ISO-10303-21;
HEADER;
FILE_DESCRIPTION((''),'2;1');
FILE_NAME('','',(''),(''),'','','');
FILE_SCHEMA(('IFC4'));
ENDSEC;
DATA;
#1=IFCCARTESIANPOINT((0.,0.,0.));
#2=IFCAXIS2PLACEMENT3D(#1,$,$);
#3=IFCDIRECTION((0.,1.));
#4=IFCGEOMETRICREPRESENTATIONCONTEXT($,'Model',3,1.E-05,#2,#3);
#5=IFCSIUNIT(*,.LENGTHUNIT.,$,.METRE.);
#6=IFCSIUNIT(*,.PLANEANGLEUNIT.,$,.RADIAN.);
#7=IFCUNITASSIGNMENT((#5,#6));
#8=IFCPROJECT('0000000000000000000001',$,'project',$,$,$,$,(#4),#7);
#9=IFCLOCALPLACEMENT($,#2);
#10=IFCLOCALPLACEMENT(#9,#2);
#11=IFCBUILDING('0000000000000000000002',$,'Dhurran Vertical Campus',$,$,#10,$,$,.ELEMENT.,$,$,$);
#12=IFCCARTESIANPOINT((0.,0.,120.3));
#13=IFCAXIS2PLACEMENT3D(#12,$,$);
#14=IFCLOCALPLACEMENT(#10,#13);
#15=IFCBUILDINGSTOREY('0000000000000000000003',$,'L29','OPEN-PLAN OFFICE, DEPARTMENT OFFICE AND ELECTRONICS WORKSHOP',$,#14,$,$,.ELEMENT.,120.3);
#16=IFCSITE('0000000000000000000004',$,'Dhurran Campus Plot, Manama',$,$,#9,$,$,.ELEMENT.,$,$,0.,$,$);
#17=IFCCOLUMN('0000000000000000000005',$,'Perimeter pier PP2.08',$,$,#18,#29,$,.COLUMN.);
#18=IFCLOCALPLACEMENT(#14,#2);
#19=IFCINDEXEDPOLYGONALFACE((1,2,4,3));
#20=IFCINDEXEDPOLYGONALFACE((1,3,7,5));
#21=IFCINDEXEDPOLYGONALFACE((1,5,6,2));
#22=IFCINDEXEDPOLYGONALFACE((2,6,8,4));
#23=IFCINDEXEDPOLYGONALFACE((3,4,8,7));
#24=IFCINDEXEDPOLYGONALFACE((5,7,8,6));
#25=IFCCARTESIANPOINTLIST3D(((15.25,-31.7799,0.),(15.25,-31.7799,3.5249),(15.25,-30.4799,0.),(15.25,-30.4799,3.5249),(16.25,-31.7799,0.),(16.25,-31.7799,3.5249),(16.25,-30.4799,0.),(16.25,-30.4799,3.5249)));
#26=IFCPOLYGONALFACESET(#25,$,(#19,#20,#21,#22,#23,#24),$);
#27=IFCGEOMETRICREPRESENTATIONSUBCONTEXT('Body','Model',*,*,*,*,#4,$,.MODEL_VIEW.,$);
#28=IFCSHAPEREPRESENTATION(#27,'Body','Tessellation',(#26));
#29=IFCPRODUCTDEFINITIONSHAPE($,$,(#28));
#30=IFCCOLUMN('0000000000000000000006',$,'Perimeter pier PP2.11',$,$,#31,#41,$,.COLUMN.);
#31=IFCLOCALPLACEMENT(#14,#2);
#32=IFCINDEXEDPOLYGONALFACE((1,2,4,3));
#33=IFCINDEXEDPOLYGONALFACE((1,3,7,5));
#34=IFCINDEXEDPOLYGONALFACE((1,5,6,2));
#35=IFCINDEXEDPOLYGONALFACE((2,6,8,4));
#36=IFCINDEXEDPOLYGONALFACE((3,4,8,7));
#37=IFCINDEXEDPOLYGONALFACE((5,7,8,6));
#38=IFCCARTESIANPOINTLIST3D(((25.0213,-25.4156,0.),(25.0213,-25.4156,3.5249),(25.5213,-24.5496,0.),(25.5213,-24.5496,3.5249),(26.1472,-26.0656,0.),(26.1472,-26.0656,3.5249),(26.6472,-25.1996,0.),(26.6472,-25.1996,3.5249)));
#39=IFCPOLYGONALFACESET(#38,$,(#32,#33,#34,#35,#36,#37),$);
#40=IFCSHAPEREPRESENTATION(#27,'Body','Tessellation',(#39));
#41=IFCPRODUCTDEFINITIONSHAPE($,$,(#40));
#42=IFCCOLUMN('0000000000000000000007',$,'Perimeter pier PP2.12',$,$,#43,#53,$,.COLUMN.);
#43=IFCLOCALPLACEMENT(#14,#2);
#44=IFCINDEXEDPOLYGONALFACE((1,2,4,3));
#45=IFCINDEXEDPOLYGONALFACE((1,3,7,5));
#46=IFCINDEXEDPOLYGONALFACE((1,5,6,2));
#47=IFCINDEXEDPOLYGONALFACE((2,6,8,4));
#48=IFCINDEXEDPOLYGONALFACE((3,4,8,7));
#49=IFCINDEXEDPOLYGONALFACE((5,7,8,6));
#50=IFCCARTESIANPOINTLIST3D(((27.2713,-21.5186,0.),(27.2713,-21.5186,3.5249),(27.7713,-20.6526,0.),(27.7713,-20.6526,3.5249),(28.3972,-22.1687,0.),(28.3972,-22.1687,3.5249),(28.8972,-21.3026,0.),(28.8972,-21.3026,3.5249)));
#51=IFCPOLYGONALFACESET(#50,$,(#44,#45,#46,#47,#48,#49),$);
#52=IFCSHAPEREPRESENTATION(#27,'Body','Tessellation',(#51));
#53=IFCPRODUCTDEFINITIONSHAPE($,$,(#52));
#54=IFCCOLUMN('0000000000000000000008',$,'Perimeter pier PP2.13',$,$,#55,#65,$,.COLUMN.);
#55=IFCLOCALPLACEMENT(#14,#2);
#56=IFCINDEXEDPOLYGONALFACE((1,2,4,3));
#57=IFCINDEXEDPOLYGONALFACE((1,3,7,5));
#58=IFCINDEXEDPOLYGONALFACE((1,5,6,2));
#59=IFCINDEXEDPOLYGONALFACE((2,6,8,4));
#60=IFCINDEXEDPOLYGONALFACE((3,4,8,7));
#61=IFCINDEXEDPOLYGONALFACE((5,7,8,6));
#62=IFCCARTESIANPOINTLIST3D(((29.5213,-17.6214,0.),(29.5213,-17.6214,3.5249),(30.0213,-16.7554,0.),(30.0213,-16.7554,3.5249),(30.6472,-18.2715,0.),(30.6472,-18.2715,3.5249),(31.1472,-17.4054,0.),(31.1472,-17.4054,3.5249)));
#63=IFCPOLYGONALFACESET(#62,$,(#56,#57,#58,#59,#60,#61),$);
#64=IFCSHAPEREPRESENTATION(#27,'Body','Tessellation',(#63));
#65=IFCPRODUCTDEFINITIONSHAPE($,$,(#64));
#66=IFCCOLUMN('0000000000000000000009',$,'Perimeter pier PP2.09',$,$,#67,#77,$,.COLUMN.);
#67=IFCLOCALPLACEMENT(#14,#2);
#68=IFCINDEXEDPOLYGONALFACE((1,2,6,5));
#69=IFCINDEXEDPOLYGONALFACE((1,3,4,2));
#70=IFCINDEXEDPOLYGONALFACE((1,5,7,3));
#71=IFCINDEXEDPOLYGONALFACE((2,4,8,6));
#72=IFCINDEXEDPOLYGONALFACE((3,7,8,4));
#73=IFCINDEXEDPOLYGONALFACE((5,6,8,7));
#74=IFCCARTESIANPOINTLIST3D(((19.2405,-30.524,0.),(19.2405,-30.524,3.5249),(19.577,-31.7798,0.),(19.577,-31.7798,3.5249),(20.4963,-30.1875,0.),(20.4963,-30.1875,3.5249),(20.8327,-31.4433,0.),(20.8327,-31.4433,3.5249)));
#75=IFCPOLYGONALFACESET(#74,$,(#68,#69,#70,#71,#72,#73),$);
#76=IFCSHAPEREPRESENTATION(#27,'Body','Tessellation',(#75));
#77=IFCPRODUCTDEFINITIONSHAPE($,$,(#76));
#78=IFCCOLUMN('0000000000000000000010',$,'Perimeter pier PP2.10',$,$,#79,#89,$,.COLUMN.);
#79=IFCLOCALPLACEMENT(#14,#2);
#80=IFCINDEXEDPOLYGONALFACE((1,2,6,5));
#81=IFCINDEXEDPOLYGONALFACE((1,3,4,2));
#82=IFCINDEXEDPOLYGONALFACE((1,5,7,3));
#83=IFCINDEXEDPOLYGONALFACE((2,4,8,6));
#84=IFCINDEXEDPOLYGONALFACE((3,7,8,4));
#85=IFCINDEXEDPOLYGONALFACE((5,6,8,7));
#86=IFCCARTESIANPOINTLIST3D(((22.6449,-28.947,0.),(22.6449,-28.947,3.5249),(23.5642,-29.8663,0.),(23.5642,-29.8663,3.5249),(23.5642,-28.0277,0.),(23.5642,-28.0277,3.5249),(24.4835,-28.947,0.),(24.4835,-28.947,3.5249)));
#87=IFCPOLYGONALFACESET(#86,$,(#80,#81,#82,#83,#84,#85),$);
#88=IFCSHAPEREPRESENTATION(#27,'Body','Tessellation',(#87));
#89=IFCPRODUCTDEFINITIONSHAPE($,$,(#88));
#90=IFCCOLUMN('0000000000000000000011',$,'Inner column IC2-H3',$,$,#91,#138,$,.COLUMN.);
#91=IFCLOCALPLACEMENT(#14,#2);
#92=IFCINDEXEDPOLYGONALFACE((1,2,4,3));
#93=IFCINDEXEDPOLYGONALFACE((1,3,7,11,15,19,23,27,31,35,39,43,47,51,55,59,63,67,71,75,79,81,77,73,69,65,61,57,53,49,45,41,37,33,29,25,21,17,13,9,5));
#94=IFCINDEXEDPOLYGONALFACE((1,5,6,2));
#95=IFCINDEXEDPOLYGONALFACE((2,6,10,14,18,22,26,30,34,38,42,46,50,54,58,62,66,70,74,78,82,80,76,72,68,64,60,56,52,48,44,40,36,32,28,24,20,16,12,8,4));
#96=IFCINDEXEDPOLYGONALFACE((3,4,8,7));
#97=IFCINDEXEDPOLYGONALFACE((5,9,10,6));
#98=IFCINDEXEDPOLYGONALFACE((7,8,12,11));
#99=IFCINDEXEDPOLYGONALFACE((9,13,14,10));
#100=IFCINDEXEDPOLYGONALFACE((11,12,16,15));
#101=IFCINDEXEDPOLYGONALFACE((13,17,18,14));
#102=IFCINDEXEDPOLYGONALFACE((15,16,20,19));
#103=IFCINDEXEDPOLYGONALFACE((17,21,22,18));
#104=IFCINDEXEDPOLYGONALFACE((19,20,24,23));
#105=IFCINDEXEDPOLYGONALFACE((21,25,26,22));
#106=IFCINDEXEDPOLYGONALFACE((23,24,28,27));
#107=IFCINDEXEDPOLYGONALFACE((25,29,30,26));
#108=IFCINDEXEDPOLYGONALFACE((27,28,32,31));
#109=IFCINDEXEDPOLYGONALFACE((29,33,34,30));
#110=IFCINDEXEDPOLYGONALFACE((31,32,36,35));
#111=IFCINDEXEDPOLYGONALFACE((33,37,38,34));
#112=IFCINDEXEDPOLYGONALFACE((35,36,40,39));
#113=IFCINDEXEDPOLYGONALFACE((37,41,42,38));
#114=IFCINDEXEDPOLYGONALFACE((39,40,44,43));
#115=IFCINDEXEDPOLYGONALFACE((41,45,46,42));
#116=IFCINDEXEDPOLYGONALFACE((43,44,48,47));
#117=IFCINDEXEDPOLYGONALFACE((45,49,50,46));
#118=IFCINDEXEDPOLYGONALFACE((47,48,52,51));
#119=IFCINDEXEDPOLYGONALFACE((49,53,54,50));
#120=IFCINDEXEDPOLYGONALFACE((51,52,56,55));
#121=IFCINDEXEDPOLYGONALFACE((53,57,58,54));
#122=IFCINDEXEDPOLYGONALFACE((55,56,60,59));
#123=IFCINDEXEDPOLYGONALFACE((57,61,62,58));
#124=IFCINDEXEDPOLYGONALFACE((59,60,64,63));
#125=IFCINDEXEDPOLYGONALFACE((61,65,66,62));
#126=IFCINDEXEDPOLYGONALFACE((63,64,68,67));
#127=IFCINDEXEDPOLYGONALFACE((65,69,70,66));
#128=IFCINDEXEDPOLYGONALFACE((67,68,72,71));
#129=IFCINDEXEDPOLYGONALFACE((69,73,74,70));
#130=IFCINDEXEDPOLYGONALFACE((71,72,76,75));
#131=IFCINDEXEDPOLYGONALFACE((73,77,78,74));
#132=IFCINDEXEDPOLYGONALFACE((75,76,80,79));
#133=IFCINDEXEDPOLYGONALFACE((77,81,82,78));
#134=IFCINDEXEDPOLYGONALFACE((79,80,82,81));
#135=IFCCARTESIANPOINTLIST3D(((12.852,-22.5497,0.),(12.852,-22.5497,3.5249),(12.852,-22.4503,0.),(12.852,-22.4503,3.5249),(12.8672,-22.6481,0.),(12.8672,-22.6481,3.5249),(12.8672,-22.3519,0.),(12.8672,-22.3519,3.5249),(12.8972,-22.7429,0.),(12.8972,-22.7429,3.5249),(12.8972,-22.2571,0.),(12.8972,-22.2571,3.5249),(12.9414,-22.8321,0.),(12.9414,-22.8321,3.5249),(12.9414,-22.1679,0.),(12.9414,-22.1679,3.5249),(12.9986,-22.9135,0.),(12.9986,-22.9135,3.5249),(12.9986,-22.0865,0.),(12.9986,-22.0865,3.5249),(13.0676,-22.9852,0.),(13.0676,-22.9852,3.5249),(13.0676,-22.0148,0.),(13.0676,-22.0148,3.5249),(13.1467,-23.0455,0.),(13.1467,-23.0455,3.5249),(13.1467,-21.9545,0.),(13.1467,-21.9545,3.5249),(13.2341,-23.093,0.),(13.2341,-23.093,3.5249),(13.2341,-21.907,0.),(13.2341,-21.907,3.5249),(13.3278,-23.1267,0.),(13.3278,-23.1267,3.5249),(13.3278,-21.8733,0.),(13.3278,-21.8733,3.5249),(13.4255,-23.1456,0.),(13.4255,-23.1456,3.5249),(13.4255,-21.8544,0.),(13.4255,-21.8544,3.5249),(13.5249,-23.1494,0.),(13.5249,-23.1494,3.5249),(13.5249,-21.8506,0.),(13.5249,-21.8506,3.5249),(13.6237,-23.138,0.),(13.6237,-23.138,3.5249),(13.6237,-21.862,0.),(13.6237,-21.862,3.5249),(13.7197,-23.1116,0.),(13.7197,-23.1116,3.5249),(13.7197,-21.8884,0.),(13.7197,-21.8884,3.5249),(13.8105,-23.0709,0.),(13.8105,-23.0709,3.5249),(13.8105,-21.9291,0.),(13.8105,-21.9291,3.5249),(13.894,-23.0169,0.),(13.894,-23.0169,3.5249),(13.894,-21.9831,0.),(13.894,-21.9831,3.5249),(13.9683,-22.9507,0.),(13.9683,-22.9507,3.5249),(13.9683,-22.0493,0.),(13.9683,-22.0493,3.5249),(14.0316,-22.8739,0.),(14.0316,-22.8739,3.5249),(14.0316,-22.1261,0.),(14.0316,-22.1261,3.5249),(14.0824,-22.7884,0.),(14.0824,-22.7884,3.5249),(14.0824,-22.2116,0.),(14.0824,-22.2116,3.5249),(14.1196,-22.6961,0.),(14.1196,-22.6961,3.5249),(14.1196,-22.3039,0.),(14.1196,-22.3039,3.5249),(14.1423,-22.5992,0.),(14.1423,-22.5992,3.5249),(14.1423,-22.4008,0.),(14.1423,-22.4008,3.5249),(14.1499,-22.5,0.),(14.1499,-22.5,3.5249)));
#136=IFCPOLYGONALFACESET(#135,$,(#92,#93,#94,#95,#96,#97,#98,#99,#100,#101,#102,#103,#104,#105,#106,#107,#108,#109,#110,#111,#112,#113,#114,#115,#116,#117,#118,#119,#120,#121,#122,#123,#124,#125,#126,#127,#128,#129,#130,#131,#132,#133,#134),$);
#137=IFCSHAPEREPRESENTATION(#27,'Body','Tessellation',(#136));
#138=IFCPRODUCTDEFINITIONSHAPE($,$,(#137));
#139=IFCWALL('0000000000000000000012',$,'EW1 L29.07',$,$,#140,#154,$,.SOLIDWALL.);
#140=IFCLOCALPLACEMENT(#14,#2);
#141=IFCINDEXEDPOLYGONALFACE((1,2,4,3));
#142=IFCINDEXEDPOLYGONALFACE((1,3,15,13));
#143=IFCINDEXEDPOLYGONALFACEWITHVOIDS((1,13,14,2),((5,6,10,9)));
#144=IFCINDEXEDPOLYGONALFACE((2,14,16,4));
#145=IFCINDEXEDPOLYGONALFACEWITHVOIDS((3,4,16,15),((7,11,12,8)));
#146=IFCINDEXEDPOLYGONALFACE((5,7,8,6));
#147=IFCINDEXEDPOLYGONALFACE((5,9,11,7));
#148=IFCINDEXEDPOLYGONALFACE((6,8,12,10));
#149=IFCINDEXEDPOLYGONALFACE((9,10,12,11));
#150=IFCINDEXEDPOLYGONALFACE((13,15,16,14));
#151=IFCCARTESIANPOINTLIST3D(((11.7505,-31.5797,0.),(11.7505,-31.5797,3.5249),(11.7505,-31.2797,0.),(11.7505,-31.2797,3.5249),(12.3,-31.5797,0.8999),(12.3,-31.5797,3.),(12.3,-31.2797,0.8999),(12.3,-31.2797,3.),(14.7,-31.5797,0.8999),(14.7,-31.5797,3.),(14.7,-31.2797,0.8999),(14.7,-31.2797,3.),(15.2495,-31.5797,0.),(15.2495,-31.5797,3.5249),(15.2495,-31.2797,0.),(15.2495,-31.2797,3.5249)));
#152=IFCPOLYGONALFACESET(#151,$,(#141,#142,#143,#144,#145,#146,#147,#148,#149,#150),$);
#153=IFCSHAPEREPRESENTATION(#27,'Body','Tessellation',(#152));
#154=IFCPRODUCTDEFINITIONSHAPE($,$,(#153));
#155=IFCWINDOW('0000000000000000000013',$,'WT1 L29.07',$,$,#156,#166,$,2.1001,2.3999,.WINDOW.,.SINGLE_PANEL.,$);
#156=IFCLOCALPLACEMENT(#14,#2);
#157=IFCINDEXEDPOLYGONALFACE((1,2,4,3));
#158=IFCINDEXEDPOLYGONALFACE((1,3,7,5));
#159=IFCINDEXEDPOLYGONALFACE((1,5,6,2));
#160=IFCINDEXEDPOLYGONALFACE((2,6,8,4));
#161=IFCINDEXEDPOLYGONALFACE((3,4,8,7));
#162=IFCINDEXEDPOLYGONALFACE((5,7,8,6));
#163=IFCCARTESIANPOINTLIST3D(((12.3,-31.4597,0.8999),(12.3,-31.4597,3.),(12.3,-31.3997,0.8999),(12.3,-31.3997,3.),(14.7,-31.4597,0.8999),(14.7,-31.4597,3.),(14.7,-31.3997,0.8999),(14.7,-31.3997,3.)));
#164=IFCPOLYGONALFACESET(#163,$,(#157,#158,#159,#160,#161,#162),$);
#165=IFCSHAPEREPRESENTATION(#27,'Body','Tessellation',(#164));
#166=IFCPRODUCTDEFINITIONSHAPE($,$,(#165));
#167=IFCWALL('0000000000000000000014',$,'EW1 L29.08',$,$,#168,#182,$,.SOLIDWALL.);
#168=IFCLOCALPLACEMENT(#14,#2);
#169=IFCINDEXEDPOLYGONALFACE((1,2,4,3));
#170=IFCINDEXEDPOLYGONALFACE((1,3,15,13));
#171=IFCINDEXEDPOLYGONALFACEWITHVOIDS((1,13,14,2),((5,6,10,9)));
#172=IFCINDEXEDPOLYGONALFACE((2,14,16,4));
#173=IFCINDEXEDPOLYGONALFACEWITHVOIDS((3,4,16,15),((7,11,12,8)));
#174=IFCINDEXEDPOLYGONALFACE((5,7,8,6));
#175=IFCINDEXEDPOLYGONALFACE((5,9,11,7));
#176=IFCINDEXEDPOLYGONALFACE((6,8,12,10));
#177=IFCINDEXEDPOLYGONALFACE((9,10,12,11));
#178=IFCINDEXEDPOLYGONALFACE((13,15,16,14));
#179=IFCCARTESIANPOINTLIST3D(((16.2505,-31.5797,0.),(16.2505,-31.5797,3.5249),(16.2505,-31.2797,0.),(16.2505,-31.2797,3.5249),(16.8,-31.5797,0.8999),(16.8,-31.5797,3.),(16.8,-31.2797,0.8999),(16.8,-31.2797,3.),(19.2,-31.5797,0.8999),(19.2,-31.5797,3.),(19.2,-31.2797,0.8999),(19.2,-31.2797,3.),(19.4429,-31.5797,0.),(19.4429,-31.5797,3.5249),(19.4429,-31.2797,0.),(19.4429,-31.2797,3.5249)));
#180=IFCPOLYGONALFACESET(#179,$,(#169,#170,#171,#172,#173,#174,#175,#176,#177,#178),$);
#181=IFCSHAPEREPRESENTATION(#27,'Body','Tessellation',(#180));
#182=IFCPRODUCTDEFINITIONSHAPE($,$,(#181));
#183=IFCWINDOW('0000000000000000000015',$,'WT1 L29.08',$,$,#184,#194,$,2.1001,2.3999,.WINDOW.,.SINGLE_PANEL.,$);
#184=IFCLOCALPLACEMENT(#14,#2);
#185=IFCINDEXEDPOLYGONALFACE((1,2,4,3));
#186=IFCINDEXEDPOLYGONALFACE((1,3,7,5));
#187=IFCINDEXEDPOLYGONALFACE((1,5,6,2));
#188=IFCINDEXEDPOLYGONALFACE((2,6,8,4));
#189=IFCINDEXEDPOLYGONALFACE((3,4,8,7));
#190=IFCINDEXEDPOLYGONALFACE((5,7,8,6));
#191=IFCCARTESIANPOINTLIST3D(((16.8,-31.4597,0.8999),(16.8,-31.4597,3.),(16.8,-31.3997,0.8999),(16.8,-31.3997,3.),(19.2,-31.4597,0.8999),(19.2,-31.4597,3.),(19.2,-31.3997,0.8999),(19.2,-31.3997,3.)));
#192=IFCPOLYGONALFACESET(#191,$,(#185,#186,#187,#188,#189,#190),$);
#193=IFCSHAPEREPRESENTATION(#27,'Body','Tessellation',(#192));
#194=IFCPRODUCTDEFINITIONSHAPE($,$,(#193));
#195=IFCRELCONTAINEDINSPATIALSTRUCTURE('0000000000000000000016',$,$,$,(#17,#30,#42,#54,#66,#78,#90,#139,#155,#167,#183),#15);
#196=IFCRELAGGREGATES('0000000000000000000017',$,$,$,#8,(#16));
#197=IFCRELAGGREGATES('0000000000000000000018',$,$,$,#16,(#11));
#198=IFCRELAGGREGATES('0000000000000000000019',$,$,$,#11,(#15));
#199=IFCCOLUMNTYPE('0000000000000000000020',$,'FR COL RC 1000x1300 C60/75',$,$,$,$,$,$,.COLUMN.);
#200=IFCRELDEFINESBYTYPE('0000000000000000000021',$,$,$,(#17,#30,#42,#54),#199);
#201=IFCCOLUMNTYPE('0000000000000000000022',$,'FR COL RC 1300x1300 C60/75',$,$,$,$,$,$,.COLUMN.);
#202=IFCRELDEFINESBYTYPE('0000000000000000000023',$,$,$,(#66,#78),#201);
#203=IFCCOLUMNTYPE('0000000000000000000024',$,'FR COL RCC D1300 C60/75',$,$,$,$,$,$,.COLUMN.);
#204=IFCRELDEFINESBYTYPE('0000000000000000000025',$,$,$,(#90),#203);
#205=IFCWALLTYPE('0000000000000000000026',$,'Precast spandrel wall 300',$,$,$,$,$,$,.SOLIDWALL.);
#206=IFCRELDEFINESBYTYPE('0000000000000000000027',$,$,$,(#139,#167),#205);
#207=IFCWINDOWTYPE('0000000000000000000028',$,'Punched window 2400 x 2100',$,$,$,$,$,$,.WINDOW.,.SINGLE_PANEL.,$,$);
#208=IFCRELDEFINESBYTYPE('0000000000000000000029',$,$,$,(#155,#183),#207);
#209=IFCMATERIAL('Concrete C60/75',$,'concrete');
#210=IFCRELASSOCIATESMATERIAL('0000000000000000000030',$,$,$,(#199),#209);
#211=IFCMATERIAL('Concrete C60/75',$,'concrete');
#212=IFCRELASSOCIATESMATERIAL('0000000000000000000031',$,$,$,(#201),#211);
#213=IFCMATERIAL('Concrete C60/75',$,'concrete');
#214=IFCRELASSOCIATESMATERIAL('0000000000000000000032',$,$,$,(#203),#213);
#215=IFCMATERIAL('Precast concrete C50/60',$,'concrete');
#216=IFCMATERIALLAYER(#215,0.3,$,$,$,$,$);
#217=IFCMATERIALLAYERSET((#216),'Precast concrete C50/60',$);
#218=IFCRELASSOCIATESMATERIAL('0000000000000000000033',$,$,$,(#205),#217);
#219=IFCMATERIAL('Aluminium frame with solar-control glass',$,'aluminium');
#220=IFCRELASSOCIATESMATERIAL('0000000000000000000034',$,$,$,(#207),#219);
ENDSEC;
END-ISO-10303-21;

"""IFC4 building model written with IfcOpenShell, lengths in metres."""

from ifc_helpers import new_model, si_unit, direction, frame, frame_2d, origin, origin_2d, place, context, subcontext, project, spatial, rectangle, circle, extrude, material, layer, layer_set, material_profile, profile_set, type_object, element, fill, save


model = new_model("IFC4")

# Units and contexts
model_context = context("Model", 3, precision=1e-05, world=origin(), true_north=direction((0.0, 1.0)))
body_context = subcontext(model_context, "Body", "Model", "MODEL_VIEW")
ifc_project = project(units=[si_unit("LENGTHUNIT", "METRE"), si_unit("PLANEANGLEUNIT", "RADIAN")], contexts=[model_context])

# Site, building, storey
site_placement = place(None, origin())
site = spatial("IfcSite", under=ifc_project, at=site_placement, Name="Dhurran Campus Plot, Manama", CompositionType="ELEMENT", RefElevation=0.0)
building_placement = place(site_placement, origin())
building = spatial("IfcBuilding", under=site, at=building_placement, Name="Dhurran Vertical Campus", CompositionType="ELEMENT")
storey_placement = place(building_placement, frame((0.0, 0.0, 120.3)))
storey = spatial("IfcBuildingStorey", under=building, at=storey_placement, Name="L29", Description="OPEN-PLAN OFFICE, DEPARTMENT OFFICE AND ELECTRONICS WORKSHOP", CompositionType="ELEMENT", Elevation=120.3)

# Columns
ifc_material_1 = material(Name="Concrete C60/75", Category="concrete")
ifc_material_profile_1 = material_profile(ifc_material_1, rectangle(XDim=1.0, YDim=1.3, at=origin_2d()), Name="RC 1000x1300")
ifc_profile_set_1 = profile_set([ifc_material_profile_1], Name="Concrete C60/75")
column_type_1 = type_object("IfcColumnType", Name="FR COL RC 1000x1300 C60/75", PredefinedType="COLUMN", material=ifc_profile_set_1)
for number, where, z_axis, x_axis, name in (
    (1, (15.75, -31.1299, 0.0), (0.0, 0.0, 1.0), (1.0, 0.0, 0.0), "Perimeter pier PP2.08"),
    (2, (25.8342, -25.3076, 0.0), (0.0, 0.0, 1.0), (0.5, 0.866025, 0.0), "Perimeter pier PP2.11"),
    (3, (28.0842, -21.4106, 0.0), (0.0, 0.0, 1.0), (0.5, 0.866025, 0.0), "Perimeter pier PP2.12"),
    (4, (30.3342, -17.5134, 0.0), (0.0, 0.0, 1.0), (0.5, 0.866025, 0.0), "Perimeter pier PP2.13"),
):
    element("IfcColumn", number, at=place(storey_placement, frame(where, z_axis=z_axis, x_axis=x_axis)), inside=storey, type_object=column_type_1, Name=name, PredefinedType="COLUMN", context=body_context, shape_type="SweptSolid", body=[
        extrude(rectangle(XDim=1.0, YDim=1.3, at=origin_2d()), origin(), (0.0, 0.0, 1.0), 3.5249),
    ])
ifc_material_2 = material(Name="Concrete C60/75", Category="concrete")
ifc_material_profile_2 = material_profile(ifc_material_2, rectangle(XDim=1.3, YDim=1.3, at=origin_2d()), Name="RC 1300x1300")
ifc_profile_set_2 = profile_set([ifc_material_profile_2], Name="Concrete C60/75")
column_type_2 = type_object("IfcColumnType", Name="FR COL RC 1300x1300 C60/75", PredefinedType="COLUMN", material=ifc_profile_set_2)
for number, where, z_axis, x_axis, name in (
    (5, (20.0366, -30.9836, 0.0), (0.0, 0.0, 1.0), (0.965926, 0.258819, 0.0), "Perimeter pier PP2.09"),
    (6, (23.5642, -28.947, 0.0), (0.0, 0.0, 1.0), (0.707107, 0.707107, 0.0), "Perimeter pier PP2.10"),
):
    element("IfcColumn", number, at=place(storey_placement, frame(where, z_axis=z_axis, x_axis=x_axis)), inside=storey, type_object=column_type_2, Name=name, PredefinedType="COLUMN", context=body_context, shape_type="SweptSolid", body=[
        extrude(rectangle(XDim=1.3, YDim=1.3, at=origin_2d()), origin(), (0.0, 0.0, 1.0), 3.5249),
    ])
ifc_material_3 = material(Name="Concrete C60/75", Category="concrete")
ifc_material_profile_3 = material_profile(ifc_material_3, circle(Radius=0.6499, at=origin_2d()), Name="RCC D1300")
ifc_profile_set_3 = profile_set([ifc_material_profile_3], Name="Concrete C60/75")
column_type_3 = type_object("IfcColumnType", Name="FR COL RCC D1300 C60/75", PredefinedType="COLUMN", material=ifc_profile_set_3)
column_placement = place(storey_placement, frame((13.5, -22.5, 0.0), z_axis=(0.0, 0.0, 1.0), x_axis=(1.0, 0.0, 0.0)))
element("IfcColumn", 7, at=column_placement, inside=storey, type_object=column_type_3, Name="Inner column IC2-H3", PredefinedType="COLUMN", context=body_context, shape_type="SweptSolid", body=[
    extrude(circle(Radius=0.6499, at=origin_2d()), origin(), (0.0, 0.0, 1.0), 3.5249),
])

# Walls, openings, windows
ifc_material_4 = material(Name="Precast concrete C50/60", Category="concrete")
ifc_layer_1 = layer(ifc_material_4, 0.3)
ifc_layer_set_1 = layer_set([ifc_layer_1], Name="Precast concrete C50/60")
wall_type_1 = type_object("IfcWallType", Name="Precast spandrel wall 300", PredefinedType="SOLIDWALL", material=ifc_layer_set_1)
wall_1_placement = place(storey_placement, frame((11.7505, -31.4297, 0.0), z_axis=(0.0, 0.0, 1.0), x_axis=(1.0, 0.0, 0.0)))
wall_1 = element("IfcWall", 8, at=wall_1_placement, inside=storey, type_object=wall_type_1, Name="EW1 L29.07", PredefinedType="SOLIDWALL", context=body_context, shape_type="SweptSolid", body=[
    extrude(rectangle(XDim=3.499, YDim=0.3, at=frame_2d((1.7495, 0.0))), origin(), (0.0, 0.0, 1.0), 3.5249),
])
opening_1_placement = place(wall_1_placement, frame((0.5496, 0.0, 0.8999)))
opening_1 = element("IfcOpeningElement", 9, at=opening_1_placement, cuts=wall_1, PredefinedType="OPENING", context=body_context, shape_type="SweptSolid", body=[
    extrude(rectangle(XDim=2.3999, YDim=2.1001, at=frame_2d((1.2, 1.05))), frame((0.0, 0.1599, 0.0), z_axis=(0.0, -1.0, 0.0), x_axis=(1.0, 0.0, 0.0)), (0.0, 0.0, 1.0), 0.3201),
])
ifc_material_5 = material(Name="Aluminium frame with solar-control glass", Category="aluminium")
window_type = type_object("IfcWindowType", Name="Punched window 2400 x 2100", PartitioningType="SINGLE_PANEL", PredefinedType="WINDOW", material=ifc_material_5)
window_1_placement = place(opening_1_placement, origin())
window_1 = element("IfcWindow", 10, at=window_1_placement, inside=storey, type_object=window_type, Name="WT1 L29.07", OverallHeight=2.1001, OverallWidth=2.3999, PartitioningType="SINGLE_PANEL", PredefinedType="WINDOW", context=body_context, shape_type="SweptSolid", body=[
    extrude(rectangle(XDim=2.3999, YDim=2.1001, at=frame_2d((1.2, 1.05))), frame((0.0, 0.03, 0.0), z_axis=(0.0, -1.0, 0.0), x_axis=(1.0, 0.0, 0.0)), (0.0, 0.0, 1.0), 0.0601),
])
fill(opening_1, window_1)
wall_2_placement = place(storey_placement, frame((16.2505, -31.4297, 0.0), z_axis=(0.0, 0.0, 1.0), x_axis=(1.0, 0.0, 0.0)))
wall_2 = element("IfcWall", 11, at=wall_2_placement, inside=storey, type_object=wall_type_1, Name="EW1 L29.08", PredefinedType="SOLIDWALL", context=body_context, shape_type="SweptSolid", body=[
    extrude(rectangle(XDim=3.1924, YDim=0.3, at=frame_2d((1.5962, 0.0))), origin(), (0.0, 0.0, 1.0), 3.5249),
])
opening_2_placement = place(wall_2_placement, frame((0.5496, 0.0, 0.8999)))
opening_2 = element("IfcOpeningElement", 12, at=opening_2_placement, cuts=wall_2, PredefinedType="OPENING", context=body_context, shape_type="SweptSolid", body=[
    extrude(rectangle(XDim=2.3999, YDim=2.1001, at=frame_2d((1.2, 1.05))), frame((0.0, 0.1599, 0.0), z_axis=(0.0, -1.0, 0.0), x_axis=(1.0, 0.0, 0.0)), (0.0, 0.0, 1.0), 0.3201),
])
window_2_placement = place(opening_2_placement, origin())
window_2 = element("IfcWindow", 13, at=window_2_placement, inside=storey, type_object=window_type, Name="WT1 L29.08", OverallHeight=2.1001, OverallWidth=2.3999, PartitioningType="SINGLE_PANEL", PredefinedType="WINDOW", context=body_context, shape_type="SweptSolid", body=[
    extrude(rectangle(XDim=2.3999, YDim=2.1001, at=frame_2d((1.2, 1.05))), frame((0.0, 0.03, 0.0), z_axis=(0.0, -1.0, 0.0), x_axis=(1.0, 0.0, 0.0)), (0.0, 0.0, 1.0), 0.0601),
])
fill(opening_2, window_2)

save(model, "model.ifc")
